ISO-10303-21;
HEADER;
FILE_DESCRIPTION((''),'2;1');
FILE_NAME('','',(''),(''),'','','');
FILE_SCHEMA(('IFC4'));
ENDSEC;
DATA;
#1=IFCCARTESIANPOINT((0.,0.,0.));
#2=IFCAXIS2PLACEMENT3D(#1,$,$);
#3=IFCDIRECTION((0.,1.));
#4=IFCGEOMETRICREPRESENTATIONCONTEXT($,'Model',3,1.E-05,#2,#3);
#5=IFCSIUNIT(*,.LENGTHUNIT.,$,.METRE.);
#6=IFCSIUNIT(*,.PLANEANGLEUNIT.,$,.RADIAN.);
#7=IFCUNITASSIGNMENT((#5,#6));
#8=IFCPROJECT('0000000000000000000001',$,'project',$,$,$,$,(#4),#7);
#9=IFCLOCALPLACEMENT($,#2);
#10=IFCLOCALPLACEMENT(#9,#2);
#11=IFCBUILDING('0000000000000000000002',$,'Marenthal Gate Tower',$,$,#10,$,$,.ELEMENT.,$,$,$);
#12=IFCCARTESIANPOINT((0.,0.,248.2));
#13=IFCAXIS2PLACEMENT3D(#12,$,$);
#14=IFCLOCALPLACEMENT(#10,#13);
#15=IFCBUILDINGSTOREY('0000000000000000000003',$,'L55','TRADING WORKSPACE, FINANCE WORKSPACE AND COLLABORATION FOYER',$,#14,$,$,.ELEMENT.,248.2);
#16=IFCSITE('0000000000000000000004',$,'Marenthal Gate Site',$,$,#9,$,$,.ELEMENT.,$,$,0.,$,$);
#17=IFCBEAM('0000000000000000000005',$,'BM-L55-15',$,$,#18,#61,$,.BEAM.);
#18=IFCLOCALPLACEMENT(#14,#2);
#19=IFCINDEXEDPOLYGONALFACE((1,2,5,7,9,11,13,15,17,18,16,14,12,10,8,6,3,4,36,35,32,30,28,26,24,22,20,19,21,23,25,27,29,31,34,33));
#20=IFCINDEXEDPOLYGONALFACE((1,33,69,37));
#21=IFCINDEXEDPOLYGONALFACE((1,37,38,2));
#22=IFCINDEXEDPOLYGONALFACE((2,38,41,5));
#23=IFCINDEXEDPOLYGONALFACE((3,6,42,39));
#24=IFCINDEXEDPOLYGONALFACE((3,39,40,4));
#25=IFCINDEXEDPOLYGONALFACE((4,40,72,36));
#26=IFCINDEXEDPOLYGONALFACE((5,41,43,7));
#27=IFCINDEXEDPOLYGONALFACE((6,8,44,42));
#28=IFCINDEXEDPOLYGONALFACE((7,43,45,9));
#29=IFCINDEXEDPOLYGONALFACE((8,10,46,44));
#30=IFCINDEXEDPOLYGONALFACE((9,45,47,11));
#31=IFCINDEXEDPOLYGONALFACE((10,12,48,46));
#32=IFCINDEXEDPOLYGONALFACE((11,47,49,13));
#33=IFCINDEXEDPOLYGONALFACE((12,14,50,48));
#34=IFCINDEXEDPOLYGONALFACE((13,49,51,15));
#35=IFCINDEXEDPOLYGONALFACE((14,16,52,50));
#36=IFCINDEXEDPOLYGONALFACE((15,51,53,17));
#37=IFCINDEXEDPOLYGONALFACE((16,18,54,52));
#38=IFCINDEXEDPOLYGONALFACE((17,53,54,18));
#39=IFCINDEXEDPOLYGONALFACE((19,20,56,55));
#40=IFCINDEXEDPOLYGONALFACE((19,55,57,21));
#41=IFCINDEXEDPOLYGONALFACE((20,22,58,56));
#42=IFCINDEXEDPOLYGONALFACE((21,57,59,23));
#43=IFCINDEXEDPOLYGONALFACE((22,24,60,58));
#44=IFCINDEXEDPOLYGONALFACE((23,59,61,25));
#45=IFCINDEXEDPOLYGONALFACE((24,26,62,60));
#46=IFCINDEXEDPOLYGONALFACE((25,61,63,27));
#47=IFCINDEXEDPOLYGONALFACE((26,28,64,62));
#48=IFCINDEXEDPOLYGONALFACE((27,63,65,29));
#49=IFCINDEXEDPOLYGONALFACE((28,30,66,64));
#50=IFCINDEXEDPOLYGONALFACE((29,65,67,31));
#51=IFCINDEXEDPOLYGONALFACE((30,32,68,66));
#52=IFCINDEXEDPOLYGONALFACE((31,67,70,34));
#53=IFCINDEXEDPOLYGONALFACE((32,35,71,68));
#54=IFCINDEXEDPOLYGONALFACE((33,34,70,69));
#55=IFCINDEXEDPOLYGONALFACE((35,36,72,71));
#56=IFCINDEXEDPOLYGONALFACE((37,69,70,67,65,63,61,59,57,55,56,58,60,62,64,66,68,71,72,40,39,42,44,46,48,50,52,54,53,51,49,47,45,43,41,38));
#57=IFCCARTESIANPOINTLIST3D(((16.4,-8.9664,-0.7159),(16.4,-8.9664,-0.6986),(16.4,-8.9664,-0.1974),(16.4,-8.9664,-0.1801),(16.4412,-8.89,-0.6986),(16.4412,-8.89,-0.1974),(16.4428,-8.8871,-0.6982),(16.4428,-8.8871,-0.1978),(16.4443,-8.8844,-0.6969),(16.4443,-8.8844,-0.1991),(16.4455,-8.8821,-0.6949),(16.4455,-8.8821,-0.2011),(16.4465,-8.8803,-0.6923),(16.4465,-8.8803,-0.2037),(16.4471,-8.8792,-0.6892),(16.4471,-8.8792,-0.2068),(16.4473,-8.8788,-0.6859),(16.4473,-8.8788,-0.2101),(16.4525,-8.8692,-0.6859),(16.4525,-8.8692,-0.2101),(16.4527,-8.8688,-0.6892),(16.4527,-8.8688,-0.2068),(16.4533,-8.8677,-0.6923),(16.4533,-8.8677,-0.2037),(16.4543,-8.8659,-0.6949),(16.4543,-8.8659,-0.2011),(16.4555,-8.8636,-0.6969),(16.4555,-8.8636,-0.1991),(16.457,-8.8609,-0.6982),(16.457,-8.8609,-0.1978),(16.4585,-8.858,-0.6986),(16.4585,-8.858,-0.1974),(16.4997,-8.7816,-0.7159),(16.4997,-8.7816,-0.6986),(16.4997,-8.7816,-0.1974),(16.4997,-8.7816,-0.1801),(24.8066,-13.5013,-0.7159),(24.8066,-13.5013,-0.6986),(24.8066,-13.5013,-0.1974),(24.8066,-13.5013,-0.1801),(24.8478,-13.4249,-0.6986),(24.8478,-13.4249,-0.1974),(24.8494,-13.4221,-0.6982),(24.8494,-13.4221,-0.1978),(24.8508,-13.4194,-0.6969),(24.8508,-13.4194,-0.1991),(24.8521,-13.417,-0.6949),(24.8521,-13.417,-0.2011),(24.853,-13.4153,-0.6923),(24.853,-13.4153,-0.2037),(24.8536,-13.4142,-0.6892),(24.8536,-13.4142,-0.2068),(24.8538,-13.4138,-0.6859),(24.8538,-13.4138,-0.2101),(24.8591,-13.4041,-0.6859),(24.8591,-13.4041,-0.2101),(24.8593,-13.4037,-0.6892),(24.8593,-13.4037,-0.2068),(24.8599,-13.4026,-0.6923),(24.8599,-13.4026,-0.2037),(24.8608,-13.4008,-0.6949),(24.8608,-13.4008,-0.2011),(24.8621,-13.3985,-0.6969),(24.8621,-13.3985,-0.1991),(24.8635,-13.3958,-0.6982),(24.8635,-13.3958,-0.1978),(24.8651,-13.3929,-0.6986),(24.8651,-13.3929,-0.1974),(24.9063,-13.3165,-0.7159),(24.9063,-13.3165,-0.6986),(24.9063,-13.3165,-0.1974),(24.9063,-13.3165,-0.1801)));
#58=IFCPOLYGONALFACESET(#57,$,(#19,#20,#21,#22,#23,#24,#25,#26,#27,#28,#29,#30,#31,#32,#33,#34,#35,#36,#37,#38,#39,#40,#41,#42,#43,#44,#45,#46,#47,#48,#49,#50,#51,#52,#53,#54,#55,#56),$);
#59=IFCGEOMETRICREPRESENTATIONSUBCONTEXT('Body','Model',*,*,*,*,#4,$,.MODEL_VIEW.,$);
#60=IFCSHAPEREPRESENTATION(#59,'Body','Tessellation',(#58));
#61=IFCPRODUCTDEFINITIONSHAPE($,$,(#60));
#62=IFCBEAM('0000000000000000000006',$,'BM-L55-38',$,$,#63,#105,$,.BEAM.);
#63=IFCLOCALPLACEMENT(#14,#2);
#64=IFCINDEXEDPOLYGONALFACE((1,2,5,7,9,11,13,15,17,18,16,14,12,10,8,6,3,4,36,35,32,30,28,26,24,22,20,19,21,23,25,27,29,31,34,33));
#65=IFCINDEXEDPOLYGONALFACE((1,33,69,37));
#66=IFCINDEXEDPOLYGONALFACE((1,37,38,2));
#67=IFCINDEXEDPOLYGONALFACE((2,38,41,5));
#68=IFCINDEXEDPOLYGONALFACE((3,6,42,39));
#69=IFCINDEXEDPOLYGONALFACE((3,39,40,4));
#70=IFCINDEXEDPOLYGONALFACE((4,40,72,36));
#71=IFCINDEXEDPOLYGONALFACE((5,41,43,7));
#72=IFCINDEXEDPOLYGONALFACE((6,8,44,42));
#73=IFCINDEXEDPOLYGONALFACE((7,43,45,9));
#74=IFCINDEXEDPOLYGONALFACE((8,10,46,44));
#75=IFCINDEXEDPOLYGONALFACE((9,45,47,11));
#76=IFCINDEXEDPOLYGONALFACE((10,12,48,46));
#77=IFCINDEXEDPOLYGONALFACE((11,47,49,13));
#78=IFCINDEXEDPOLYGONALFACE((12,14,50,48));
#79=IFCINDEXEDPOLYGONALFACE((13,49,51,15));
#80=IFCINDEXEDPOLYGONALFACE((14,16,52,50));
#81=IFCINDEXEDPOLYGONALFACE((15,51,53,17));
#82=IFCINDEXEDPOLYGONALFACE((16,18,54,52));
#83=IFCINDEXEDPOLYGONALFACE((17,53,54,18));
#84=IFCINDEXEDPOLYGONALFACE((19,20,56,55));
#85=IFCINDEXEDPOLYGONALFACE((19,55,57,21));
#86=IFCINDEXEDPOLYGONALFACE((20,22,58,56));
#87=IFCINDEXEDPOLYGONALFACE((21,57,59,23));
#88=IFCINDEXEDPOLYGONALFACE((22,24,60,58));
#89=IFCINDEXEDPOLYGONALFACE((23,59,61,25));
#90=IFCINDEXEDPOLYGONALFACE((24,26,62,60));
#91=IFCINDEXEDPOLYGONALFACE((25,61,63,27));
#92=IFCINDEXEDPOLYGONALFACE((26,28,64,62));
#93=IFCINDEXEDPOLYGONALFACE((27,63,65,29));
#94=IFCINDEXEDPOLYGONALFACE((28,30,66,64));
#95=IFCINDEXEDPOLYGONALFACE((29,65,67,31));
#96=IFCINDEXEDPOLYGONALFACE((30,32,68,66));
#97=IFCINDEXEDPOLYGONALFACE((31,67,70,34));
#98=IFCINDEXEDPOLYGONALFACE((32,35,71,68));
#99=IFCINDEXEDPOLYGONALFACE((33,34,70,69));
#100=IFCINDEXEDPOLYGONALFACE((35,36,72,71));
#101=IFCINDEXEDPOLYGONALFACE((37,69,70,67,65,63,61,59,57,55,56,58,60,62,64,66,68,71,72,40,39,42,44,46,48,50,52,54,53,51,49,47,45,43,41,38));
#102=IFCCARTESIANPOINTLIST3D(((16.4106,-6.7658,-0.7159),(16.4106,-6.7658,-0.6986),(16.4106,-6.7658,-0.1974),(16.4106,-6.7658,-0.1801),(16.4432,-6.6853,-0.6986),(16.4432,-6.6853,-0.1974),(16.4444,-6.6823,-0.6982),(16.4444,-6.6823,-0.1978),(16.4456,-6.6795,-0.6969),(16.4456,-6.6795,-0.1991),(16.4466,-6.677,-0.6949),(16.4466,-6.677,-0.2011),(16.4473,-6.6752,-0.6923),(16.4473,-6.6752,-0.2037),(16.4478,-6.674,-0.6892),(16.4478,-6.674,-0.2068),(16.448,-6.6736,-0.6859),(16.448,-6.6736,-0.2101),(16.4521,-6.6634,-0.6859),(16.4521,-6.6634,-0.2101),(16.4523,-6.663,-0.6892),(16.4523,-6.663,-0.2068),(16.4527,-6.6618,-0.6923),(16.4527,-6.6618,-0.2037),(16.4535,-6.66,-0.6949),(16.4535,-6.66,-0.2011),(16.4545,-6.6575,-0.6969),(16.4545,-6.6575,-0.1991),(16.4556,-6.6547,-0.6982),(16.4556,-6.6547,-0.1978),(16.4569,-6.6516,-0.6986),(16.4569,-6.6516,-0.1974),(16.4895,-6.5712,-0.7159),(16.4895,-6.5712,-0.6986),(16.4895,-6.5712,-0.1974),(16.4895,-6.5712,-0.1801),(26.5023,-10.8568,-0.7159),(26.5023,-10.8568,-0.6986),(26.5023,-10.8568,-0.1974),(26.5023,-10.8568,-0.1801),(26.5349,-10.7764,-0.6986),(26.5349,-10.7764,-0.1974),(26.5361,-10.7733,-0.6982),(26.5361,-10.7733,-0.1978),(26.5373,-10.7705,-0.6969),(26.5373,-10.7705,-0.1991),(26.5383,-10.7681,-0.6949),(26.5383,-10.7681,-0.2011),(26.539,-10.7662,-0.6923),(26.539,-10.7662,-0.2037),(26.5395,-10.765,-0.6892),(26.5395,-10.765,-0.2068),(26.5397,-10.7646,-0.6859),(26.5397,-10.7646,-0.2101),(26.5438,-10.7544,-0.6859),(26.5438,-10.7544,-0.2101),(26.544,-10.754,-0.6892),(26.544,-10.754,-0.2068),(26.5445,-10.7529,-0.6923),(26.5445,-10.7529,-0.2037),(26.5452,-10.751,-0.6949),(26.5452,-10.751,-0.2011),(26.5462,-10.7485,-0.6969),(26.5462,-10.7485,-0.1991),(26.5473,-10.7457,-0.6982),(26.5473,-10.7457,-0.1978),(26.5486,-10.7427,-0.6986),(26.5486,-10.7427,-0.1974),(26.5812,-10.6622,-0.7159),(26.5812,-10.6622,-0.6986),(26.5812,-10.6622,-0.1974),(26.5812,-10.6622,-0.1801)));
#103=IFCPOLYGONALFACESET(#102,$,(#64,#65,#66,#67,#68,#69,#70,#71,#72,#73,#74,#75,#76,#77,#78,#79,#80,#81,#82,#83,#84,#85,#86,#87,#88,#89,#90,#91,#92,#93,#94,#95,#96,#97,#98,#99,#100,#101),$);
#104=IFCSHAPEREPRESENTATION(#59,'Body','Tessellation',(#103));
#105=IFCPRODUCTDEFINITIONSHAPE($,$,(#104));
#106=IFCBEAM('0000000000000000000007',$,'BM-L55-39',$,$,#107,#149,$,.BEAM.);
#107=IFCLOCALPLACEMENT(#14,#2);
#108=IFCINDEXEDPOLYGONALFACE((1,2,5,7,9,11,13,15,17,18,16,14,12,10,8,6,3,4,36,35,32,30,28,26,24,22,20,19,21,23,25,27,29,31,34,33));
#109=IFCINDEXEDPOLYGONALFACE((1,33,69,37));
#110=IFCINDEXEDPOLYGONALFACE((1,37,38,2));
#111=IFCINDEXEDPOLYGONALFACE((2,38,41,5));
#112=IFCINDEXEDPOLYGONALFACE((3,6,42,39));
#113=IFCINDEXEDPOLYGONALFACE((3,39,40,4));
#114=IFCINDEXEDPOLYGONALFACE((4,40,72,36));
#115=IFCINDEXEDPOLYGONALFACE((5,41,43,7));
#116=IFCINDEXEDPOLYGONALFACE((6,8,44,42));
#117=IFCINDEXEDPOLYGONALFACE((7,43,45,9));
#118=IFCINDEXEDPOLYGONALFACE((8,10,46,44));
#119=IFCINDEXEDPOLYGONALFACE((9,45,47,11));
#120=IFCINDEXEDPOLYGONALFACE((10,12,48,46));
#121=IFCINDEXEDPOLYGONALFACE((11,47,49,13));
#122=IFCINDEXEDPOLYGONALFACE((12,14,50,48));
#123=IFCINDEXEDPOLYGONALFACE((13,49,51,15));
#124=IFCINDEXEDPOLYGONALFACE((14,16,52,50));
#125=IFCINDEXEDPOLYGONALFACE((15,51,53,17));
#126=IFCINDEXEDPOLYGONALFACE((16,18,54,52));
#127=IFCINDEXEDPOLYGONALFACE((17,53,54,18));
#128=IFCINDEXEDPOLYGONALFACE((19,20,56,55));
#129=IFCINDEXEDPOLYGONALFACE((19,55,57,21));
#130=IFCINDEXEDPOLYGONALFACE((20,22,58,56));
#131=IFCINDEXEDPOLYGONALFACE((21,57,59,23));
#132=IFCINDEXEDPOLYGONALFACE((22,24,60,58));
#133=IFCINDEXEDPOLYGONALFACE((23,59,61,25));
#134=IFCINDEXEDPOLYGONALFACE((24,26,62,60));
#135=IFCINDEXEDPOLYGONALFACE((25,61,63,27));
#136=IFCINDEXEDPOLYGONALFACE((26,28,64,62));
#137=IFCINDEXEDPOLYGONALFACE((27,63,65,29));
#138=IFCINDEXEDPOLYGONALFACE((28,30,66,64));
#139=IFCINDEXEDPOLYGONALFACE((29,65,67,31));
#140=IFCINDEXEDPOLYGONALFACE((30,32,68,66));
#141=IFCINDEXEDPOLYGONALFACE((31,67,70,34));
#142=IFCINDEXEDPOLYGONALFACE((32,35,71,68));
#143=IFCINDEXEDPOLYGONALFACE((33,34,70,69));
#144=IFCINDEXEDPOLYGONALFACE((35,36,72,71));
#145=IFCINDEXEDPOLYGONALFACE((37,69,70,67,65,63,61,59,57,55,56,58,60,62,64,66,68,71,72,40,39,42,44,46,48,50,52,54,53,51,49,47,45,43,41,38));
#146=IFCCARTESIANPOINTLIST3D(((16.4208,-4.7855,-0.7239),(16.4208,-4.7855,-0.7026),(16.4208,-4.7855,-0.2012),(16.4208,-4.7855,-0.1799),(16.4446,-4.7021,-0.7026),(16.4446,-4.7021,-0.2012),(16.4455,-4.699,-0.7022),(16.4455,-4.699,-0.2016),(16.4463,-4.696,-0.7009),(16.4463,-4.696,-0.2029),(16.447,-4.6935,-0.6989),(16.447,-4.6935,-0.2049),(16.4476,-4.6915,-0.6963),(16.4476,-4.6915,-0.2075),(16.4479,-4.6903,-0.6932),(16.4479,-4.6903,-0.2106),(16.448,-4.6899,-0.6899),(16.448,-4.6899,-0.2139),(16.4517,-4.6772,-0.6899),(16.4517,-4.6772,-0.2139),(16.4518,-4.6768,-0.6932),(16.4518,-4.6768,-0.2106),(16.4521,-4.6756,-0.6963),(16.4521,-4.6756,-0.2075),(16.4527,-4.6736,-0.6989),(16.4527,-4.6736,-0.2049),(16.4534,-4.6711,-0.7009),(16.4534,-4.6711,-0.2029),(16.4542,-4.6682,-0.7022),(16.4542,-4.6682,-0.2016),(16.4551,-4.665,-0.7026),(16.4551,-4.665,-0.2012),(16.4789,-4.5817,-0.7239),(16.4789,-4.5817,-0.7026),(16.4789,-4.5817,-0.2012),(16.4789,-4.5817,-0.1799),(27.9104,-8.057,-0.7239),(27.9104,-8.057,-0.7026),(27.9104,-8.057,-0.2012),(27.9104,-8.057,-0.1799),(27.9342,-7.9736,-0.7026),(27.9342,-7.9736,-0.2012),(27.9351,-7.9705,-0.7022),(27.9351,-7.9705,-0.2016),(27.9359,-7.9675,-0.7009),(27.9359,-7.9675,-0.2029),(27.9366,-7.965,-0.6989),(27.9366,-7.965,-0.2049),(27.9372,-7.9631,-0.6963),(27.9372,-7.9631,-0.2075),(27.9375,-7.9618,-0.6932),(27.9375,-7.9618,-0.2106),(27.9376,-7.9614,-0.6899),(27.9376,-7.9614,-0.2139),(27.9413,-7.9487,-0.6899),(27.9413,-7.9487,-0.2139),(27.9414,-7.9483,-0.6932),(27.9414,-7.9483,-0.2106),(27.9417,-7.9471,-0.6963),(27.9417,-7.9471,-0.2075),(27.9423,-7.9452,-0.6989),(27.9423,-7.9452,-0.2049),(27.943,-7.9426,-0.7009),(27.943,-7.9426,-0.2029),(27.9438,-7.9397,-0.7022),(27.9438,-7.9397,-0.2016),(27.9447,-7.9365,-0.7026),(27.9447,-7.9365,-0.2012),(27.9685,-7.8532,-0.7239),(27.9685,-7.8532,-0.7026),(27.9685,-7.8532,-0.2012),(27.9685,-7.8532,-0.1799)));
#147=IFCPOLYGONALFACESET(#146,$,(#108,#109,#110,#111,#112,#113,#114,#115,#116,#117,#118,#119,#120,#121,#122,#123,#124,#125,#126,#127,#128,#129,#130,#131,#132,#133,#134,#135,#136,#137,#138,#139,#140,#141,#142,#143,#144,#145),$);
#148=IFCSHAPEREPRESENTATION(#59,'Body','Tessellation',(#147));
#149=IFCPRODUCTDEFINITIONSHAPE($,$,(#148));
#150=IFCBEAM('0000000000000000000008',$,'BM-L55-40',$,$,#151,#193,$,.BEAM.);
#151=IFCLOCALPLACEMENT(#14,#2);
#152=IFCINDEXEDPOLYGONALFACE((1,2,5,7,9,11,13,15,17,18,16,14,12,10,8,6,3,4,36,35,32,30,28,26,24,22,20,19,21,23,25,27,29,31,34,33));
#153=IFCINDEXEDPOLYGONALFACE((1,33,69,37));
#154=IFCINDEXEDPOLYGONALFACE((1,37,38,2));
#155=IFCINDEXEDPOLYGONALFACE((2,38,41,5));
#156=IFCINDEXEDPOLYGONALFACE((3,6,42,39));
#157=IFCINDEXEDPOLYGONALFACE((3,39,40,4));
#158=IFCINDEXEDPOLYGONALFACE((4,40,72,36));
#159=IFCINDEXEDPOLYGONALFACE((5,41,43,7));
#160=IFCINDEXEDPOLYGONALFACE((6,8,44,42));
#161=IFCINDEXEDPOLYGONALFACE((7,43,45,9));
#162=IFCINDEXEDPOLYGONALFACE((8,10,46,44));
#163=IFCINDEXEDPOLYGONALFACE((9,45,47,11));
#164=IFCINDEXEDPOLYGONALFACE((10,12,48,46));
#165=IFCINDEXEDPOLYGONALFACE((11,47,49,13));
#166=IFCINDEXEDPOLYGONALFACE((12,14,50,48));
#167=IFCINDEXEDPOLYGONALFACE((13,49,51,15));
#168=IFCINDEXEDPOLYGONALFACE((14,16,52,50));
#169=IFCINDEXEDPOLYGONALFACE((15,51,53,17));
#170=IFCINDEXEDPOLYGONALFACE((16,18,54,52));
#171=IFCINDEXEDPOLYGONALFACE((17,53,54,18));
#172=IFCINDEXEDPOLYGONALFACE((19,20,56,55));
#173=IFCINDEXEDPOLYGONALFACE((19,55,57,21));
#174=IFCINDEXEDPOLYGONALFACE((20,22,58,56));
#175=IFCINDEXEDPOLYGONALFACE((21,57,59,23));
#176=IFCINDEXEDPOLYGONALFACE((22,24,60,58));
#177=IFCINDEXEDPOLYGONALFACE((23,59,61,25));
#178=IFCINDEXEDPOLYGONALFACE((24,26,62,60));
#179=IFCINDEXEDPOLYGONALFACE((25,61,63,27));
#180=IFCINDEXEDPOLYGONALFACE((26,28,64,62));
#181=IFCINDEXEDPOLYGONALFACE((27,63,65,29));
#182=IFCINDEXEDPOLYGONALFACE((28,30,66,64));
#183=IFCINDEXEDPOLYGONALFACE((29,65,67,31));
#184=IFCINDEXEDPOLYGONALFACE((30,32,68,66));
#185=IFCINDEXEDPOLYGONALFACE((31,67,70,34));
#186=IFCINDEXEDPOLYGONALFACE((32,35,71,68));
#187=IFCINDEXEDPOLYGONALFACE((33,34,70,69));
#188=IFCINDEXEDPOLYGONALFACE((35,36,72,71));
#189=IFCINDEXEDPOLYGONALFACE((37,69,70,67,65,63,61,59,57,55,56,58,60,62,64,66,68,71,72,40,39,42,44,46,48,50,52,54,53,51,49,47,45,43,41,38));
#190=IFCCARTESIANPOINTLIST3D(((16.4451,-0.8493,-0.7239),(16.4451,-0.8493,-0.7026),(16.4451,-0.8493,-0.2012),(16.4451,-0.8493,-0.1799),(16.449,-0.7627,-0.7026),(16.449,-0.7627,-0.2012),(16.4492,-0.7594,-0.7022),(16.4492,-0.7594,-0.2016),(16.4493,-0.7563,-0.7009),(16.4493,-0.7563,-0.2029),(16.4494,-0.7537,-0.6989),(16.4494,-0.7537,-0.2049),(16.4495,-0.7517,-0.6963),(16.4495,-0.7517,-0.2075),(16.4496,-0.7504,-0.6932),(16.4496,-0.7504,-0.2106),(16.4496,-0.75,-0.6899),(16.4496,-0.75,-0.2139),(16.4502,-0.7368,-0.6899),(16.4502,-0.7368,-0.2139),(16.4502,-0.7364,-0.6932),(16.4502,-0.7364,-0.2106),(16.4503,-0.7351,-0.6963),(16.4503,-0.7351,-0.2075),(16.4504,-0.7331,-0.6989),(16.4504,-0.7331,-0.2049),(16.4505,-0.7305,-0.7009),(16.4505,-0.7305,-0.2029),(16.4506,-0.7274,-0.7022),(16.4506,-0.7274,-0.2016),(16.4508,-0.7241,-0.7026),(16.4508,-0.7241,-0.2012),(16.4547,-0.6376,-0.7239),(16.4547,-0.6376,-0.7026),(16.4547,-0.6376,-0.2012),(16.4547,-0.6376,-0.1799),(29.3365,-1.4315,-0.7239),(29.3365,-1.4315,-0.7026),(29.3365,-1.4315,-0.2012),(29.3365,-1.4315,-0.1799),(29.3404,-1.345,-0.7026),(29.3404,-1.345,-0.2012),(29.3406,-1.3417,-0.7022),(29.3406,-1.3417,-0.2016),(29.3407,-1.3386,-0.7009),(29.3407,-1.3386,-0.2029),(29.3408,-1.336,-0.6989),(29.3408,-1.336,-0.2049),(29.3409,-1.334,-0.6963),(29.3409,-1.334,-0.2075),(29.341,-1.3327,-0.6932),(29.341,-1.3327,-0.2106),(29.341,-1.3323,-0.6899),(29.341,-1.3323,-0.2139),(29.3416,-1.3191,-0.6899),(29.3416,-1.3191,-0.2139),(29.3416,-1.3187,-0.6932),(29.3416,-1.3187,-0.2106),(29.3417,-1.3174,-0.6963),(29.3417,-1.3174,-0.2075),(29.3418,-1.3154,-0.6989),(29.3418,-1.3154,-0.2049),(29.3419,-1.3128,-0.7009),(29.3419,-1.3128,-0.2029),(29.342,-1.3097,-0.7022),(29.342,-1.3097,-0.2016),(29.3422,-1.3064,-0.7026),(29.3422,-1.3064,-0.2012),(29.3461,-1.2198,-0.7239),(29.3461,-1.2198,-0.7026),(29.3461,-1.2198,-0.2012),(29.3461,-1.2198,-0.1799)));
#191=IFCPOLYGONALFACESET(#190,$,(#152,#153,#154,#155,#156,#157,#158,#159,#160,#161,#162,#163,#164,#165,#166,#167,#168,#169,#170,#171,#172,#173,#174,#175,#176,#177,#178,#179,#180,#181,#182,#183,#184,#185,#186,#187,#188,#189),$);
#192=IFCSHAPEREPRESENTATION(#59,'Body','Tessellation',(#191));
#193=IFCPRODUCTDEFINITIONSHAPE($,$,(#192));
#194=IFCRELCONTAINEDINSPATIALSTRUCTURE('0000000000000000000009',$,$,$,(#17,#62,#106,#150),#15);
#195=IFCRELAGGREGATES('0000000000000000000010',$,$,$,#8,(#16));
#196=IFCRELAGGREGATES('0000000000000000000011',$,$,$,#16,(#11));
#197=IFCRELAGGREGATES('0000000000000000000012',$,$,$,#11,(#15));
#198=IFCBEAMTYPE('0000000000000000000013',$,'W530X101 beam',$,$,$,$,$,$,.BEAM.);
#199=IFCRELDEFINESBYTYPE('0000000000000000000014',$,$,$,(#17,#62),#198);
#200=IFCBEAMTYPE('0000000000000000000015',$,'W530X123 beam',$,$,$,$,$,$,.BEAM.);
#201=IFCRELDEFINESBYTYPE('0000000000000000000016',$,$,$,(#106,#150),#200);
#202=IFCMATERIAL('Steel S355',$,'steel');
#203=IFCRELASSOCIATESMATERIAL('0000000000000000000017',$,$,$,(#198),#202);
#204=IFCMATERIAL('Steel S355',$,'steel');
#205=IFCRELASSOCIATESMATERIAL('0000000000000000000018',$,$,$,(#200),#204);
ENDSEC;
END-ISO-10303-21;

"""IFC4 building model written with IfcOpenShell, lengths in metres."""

from ifc_helpers import new_model, si_unit, direction, frame, origin, origin_2d, place, context, subcontext, project, spatial, i_section, extrude, material, material_profile, profile_set, type_object, element, save


model = new_model("IFC4")

# Units and contexts
model_context = context("Model", 3, precision=1e-05, world=origin(), true_north=direction((0.0, 1.0)))
body_context = subcontext(model_context, "Body", "Model", "MODEL_VIEW")
ifc_project = project(units=[si_unit("LENGTHUNIT", "METRE"), si_unit("PLANEANGLEUNIT", "RADIAN")], contexts=[model_context])

# Site, building, storey
site_placement = place(None, origin())
site = spatial("IfcSite", under=ifc_project, at=site_placement, Name="Marenthal Gate Site", CompositionType="ELEMENT", RefElevation=0.0)
building_placement = place(site_placement, origin())
building = spatial("IfcBuilding", under=site, at=building_placement, Name="Marenthal Gate Tower", CompositionType="ELEMENT")
storey_placement = place(building_placement, frame((0.0, 0.0, 248.2)))
storey = spatial("IfcBuildingStorey", under=building, at=storey_placement, Name="L55", Description="TRADING WORKSPACE, FINANCE WORKSPACE AND COLLABORATION FOYER", CompositionType="ELEMENT", Elevation=248.2)

# Beams
ifc_material_1 = material(Name="Steel S355", Category="steel")
ifc_material_profile_1 = material_profile(ifc_material_1, i_section(OverallWidth=0.21, OverallDepth=0.5359, WebThickness=0.011, FlangeThickness=0.0173, FilletRadius=0.0127, at=origin_2d()), Name="W530X101")
ifc_profile_set_1 = profile_set([ifc_material_profile_1], Name="Steel S355")
beam_type_1 = type_object("IfcBeamType", Name="W530X101 beam", PredefinedType="BEAM", material=ifc_profile_set_1)
beam_1_placement = place(storey_placement, frame((24.8564, -13.4089, -0.448), z_axis=(-0.880106, 0.474776, 0.0), x_axis=(-0.474776, -0.880106, 0.0)))
element("IfcBeam", 1, at=beam_1_placement, inside=storey, type_object=beam_type_1, Name="BM-L55-15", PredefinedType="BEAM", context=body_context, shape_type="SweptSolid", body=[
    extrude(i_section(OverallWidth=0.21, OverallDepth=0.5359, WebThickness=0.011, FlangeThickness=0.0173, FilletRadius=0.0127, at=origin_2d()), origin(), (0.0, 0.0, 1.0), 9.5518),
])
beam_2_placement = place(storey_placement, frame((26.5417, -10.7595, -0.448), z_axis=(-0.926746, 0.375689, 0.0), x_axis=(-0.375689, -0.926746, 0.0)))
element("IfcBeam", 2, at=beam_2_placement, inside=storey, type_object=beam_type_1, Name="BM-L55-38", PredefinedType="BEAM", context=body_context, shape_type="SweptSolid", body=[
    extrude(i_section(OverallWidth=0.21, OverallDepth=0.5359, WebThickness=0.011, FlangeThickness=0.0173, FilletRadius=0.0127, at=origin_2d()), origin(), (0.0, 0.0, 1.0), 10.8894),
])
ifc_material_2 = material(Name="Steel S355", Category="steel")
ifc_material_profile_2 = material_profile(ifc_material_2, i_section(OverallWidth=0.2119, OverallDepth=0.5439, WebThickness=0.0132, FlangeThickness=0.0212, FilletRadius=0.0127, at=origin_2d()), Name="W530X123")
ifc_profile_set_2 = profile_set([ifc_material_profile_2], Name="Steel S355")
beam_type_2 = type_object("IfcBeamType", Name="W530X123 beam", PredefinedType="BEAM", material=ifc_profile_set_2)
beam_3_placement = place(storey_placement, frame((27.9395, -7.9551, -0.4519), z_axis=(-0.961772, 0.273852, 0.0), x_axis=(-0.273852, -0.961772, 0.0)))
element("IfcBeam", 3, at=beam_3_placement, inside=storey, type_object=beam_type_2, Name="BM-L55-39", PredefinedType="BEAM", context=body_context, shape_type="SweptSolid", body=[
    extrude(i_section(OverallWidth=0.2119, OverallDepth=0.5439, WebThickness=0.0132, FlangeThickness=0.0212, FilletRadius=0.0127, at=origin_2d()), origin(), (0.0, 0.0, 1.0), 11.9463),
])
beam_4_placement = place(storey_placement, frame((29.3413, -1.3257, -0.4519), z_axis=(-0.998981, 0.045122, 0.0), x_axis=(-0.045122, -0.998981, 0.0)))
element("IfcBeam", 4, at=beam_4_placement, inside=storey, type_object=beam_type_2, Name="BM-L55-40", PredefinedType="BEAM", context=body_context, shape_type="SweptSolid", body=[
    extrude(i_section(OverallWidth=0.2119, OverallDepth=0.5439, WebThickness=0.0132, FlangeThickness=0.0212, FilletRadius=0.0127, at=origin_2d()), origin(), (0.0, 0.0, 1.0), 12.9045),
])

save(model, "model.ifc")
